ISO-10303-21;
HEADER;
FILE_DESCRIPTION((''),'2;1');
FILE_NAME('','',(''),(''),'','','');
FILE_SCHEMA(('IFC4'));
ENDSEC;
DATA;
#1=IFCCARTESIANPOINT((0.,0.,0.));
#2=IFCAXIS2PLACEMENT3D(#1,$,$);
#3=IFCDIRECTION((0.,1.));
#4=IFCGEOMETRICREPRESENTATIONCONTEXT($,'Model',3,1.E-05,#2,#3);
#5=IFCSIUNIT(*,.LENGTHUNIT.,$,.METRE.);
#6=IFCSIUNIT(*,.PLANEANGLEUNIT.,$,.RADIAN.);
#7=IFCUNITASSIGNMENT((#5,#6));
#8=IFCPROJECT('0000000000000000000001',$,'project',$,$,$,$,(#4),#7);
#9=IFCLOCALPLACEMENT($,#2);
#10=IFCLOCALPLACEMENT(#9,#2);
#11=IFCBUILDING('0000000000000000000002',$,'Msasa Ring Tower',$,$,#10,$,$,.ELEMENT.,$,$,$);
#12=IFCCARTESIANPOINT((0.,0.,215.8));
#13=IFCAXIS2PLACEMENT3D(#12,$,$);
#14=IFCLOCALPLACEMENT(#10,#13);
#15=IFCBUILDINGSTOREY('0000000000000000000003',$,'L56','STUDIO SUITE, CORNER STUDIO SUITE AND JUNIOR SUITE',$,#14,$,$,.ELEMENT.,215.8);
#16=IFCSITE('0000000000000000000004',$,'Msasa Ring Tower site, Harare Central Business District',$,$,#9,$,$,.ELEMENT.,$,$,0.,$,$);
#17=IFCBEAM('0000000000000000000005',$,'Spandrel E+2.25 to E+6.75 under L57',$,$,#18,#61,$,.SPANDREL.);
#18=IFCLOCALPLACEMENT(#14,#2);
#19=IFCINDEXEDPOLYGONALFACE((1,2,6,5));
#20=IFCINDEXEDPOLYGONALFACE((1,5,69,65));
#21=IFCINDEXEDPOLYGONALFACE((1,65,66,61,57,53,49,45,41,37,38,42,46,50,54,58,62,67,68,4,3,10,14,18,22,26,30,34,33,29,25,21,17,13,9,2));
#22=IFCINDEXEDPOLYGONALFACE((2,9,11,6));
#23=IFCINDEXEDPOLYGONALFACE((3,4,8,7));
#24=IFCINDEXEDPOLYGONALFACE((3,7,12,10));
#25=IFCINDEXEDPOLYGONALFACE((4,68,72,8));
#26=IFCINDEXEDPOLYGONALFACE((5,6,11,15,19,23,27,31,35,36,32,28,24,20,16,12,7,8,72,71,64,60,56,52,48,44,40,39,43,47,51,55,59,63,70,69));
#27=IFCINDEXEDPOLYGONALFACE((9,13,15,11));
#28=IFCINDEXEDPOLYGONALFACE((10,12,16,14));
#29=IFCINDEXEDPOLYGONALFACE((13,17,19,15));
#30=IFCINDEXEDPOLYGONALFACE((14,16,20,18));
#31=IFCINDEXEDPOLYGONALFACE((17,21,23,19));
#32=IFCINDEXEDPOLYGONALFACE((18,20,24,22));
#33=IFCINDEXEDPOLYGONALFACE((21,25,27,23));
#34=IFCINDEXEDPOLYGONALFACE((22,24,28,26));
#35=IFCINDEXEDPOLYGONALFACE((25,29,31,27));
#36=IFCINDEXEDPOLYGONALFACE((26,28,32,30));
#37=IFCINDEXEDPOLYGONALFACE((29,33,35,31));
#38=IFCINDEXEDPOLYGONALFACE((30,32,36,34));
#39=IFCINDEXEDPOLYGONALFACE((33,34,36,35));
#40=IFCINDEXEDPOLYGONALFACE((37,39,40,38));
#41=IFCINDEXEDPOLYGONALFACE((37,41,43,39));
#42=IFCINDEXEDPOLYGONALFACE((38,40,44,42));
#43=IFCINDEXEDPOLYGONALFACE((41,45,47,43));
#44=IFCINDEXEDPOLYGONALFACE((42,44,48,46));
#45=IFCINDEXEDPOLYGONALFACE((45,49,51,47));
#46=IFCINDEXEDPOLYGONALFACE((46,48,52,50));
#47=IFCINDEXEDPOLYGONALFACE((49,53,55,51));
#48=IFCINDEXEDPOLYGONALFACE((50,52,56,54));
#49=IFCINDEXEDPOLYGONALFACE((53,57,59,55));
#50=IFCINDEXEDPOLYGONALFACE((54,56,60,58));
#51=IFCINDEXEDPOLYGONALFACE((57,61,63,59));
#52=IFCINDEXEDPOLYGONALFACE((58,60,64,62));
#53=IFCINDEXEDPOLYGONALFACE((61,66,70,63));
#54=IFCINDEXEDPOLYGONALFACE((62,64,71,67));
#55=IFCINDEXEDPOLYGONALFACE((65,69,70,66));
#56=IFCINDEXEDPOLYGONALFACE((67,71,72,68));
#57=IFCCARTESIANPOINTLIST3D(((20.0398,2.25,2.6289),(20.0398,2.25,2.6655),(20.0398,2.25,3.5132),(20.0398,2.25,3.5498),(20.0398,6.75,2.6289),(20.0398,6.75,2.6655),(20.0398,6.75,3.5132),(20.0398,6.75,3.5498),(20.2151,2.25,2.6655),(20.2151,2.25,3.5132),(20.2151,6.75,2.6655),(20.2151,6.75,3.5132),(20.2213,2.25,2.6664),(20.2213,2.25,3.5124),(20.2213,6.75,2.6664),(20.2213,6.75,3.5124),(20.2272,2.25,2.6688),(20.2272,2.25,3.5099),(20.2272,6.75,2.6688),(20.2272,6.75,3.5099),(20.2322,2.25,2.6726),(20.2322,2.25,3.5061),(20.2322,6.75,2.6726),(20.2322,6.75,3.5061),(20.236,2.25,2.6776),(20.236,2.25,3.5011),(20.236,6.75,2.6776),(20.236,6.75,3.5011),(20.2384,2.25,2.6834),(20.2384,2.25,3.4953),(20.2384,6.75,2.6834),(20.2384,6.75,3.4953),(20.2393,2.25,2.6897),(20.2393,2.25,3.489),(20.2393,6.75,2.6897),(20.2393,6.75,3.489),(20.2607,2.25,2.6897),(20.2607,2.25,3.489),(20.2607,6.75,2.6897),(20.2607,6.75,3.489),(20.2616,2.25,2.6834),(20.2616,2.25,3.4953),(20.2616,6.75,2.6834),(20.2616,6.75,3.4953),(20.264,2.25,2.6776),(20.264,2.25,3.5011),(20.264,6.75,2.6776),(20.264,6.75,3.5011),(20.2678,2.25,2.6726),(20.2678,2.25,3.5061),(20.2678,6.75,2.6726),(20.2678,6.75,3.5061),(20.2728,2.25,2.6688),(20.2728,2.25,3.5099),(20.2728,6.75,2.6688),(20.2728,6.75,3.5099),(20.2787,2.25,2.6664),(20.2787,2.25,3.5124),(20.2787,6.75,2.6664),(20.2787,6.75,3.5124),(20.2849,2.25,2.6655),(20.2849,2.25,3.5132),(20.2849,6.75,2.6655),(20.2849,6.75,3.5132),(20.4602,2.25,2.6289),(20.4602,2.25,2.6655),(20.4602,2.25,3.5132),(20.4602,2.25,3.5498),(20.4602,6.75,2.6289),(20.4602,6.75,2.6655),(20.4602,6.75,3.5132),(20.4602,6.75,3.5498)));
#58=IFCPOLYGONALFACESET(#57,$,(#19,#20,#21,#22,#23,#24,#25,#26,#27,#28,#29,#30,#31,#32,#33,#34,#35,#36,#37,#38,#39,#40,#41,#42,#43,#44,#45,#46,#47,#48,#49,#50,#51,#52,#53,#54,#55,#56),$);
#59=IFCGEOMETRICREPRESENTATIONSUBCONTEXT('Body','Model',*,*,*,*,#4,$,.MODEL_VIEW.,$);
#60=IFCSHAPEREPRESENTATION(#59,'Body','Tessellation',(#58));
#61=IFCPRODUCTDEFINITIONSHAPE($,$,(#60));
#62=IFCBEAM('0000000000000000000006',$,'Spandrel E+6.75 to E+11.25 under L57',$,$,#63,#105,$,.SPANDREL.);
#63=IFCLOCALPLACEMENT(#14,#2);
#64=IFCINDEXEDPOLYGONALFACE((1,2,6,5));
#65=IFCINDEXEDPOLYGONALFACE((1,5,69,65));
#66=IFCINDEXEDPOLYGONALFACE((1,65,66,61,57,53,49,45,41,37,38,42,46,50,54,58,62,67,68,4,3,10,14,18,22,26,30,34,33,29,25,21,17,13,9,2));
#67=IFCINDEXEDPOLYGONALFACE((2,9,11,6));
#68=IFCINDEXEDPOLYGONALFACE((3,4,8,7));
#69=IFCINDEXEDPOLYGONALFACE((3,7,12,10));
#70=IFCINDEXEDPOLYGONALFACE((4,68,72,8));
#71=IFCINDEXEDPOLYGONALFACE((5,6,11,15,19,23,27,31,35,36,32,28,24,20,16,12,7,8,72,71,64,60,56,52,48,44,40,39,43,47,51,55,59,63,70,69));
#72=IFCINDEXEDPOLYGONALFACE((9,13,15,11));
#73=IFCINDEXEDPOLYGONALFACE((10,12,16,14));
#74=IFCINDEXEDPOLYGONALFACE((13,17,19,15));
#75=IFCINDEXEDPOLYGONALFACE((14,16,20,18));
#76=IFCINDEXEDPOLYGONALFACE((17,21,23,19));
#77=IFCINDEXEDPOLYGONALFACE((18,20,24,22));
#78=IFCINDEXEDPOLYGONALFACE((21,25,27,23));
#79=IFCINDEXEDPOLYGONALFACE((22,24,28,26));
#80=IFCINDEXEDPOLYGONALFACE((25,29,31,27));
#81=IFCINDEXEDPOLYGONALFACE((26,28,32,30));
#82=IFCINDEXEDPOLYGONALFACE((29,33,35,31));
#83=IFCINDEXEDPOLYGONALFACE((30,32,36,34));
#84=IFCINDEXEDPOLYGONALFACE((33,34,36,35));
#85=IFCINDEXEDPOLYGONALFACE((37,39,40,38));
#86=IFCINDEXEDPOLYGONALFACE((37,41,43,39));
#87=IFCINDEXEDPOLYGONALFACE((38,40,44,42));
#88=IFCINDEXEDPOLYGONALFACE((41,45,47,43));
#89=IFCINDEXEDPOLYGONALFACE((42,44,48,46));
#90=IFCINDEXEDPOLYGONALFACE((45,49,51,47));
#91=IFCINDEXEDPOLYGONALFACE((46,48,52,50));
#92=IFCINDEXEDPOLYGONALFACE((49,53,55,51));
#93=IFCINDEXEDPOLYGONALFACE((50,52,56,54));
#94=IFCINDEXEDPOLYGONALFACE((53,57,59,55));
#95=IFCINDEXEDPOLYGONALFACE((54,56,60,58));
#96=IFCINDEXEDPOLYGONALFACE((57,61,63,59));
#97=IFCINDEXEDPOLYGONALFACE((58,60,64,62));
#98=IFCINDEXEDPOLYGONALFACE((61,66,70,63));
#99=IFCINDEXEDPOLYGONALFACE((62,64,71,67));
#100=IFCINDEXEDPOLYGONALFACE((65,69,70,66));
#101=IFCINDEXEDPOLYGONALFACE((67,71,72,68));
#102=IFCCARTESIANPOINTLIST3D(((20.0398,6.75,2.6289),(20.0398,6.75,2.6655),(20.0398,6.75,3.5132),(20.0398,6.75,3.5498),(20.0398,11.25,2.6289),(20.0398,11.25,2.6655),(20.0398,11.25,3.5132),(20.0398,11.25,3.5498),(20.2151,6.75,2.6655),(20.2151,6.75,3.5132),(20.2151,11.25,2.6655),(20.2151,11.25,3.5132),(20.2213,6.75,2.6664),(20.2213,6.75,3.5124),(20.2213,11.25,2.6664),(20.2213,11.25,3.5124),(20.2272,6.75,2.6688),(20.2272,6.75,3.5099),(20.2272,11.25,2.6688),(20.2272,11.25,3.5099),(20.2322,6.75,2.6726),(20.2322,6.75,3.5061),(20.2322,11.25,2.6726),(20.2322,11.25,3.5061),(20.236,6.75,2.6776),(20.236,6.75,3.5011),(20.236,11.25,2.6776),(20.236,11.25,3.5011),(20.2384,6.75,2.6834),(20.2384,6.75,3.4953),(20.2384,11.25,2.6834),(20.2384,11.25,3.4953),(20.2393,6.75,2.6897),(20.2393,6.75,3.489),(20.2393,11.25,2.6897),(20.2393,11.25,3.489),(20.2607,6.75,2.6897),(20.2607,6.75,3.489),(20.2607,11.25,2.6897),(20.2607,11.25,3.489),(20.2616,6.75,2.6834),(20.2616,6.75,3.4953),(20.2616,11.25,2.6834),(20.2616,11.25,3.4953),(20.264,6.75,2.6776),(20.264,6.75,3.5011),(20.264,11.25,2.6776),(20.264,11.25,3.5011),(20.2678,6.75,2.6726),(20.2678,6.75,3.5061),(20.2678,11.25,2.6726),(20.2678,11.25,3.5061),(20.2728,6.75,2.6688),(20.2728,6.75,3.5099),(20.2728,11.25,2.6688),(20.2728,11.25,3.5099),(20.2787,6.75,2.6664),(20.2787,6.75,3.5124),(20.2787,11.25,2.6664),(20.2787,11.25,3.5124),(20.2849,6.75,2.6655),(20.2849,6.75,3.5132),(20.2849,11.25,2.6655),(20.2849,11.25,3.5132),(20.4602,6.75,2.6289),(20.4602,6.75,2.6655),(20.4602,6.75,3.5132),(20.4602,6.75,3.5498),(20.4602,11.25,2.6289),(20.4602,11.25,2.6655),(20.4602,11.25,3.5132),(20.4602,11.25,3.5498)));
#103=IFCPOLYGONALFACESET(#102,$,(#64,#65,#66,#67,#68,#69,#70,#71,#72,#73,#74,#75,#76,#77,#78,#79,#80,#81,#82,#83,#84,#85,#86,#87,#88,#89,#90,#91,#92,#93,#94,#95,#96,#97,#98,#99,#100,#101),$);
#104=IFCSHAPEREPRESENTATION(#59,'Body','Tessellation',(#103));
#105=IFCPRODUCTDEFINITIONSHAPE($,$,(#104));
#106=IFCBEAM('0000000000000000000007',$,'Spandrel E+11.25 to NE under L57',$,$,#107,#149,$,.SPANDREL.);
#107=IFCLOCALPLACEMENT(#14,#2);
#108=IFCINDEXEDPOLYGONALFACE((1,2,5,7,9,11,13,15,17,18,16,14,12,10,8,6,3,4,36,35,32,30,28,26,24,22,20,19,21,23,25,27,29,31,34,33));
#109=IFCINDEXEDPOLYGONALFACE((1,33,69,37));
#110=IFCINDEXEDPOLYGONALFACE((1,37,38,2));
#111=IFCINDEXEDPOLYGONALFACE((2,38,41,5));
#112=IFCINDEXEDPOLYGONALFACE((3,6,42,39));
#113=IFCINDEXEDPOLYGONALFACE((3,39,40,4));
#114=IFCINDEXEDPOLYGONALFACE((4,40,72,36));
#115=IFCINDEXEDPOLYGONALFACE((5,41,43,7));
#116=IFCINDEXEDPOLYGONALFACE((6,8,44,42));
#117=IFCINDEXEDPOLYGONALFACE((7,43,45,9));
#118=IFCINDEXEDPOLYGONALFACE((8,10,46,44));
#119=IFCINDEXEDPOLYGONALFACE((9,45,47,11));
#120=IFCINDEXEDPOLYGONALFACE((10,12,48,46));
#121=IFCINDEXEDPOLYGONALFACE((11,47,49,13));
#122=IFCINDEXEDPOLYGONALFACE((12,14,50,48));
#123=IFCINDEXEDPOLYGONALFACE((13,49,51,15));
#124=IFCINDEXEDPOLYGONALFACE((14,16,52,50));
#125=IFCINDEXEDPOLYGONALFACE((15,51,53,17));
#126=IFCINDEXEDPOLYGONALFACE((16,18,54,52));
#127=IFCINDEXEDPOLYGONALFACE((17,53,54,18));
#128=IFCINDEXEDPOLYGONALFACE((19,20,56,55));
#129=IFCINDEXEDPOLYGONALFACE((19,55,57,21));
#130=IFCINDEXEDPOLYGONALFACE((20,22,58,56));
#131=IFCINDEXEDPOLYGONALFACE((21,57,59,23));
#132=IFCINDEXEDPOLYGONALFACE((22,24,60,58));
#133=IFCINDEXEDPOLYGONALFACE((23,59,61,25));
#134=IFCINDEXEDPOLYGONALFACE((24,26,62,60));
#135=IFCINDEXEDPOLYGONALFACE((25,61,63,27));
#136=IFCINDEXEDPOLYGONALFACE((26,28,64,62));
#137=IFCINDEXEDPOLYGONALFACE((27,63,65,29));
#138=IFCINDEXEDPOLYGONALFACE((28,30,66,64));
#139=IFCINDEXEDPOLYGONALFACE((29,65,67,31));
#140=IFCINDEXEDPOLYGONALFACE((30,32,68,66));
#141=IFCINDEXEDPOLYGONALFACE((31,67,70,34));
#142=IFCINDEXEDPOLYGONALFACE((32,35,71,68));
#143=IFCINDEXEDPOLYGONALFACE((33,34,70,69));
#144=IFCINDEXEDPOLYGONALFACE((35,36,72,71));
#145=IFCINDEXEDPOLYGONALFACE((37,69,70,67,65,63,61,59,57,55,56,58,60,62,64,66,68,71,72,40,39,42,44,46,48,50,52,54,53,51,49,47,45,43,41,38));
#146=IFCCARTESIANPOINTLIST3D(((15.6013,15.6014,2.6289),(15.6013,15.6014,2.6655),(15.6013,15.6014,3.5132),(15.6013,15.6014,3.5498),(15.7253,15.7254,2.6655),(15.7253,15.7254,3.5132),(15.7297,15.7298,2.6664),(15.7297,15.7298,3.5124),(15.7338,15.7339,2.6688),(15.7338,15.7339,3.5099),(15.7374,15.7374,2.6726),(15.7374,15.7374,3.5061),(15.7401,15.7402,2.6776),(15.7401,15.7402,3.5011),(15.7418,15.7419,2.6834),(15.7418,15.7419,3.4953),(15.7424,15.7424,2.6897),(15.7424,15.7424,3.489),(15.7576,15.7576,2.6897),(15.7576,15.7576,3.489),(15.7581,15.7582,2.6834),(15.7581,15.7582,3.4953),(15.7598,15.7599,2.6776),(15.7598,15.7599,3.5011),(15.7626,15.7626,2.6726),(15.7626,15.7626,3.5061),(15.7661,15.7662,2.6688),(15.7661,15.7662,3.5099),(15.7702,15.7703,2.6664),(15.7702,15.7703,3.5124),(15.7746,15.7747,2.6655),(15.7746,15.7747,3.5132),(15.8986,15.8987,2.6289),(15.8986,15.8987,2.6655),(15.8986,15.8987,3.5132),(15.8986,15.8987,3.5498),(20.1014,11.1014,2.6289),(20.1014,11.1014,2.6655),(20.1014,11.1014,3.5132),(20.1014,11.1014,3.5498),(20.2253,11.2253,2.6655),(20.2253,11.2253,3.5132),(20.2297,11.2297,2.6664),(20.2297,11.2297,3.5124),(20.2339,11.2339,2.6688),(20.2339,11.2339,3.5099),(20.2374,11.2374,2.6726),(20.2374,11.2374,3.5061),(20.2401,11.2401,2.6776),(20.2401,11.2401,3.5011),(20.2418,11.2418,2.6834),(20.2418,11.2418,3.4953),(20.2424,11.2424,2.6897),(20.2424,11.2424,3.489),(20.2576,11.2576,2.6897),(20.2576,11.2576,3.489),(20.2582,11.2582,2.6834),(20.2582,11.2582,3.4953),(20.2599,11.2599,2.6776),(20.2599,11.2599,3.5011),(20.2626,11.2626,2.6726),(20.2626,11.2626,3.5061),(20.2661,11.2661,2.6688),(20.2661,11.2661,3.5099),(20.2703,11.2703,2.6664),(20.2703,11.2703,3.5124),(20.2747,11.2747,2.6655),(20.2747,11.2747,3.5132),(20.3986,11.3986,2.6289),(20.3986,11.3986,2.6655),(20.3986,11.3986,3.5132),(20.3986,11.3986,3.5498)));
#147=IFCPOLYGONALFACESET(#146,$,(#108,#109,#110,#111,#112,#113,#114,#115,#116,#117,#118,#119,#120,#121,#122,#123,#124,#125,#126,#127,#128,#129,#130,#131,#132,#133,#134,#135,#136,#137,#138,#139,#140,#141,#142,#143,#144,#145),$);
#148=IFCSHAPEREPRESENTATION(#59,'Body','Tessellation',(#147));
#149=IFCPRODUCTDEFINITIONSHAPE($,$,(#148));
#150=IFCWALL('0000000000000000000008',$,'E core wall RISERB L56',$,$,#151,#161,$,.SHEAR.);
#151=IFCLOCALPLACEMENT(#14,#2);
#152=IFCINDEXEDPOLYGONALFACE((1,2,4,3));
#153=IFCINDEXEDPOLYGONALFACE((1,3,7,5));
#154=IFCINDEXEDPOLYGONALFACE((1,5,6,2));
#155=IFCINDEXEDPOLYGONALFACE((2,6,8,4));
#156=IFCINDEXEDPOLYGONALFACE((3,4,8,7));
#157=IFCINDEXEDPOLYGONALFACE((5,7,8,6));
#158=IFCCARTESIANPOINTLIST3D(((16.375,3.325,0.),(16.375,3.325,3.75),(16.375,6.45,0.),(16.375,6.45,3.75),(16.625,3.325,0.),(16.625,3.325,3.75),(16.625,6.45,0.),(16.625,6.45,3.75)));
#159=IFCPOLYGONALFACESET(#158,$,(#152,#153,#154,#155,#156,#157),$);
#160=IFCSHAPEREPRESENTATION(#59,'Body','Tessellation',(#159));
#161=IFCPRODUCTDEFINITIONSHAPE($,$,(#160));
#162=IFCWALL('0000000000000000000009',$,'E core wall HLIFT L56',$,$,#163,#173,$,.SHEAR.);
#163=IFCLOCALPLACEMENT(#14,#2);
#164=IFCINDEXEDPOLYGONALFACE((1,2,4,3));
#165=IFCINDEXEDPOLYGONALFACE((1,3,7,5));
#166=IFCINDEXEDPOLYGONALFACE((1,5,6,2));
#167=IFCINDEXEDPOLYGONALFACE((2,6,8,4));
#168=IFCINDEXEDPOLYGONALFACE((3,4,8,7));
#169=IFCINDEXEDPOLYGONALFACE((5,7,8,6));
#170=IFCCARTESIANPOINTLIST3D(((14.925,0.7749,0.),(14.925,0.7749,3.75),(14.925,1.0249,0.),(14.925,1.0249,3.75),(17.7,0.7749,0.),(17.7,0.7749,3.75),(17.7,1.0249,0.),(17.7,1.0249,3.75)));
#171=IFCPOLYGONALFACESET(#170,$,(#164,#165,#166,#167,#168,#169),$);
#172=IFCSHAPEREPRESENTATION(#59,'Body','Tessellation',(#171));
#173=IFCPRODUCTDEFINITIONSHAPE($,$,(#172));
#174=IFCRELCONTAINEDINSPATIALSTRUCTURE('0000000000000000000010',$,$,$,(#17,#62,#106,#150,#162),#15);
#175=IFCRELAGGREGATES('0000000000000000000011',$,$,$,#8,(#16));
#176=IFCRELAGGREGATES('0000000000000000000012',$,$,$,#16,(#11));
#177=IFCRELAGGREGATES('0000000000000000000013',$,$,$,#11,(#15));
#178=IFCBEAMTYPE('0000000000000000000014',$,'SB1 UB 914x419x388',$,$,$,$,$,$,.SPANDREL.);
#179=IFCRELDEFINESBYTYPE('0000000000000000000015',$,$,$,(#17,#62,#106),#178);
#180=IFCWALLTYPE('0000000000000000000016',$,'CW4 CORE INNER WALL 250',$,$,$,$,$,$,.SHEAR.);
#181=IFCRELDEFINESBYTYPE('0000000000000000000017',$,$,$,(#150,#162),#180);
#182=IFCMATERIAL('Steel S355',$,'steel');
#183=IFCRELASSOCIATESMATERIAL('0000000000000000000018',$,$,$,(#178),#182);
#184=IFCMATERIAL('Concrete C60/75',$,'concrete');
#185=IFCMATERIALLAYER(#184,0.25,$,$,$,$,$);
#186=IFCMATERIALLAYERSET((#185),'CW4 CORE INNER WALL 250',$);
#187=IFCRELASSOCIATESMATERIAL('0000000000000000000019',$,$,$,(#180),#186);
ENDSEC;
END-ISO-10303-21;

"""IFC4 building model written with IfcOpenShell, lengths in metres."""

from ifc_helpers import new_model, si_unit, direction, frame, frame_2d, origin, origin_2d, place, context, subcontext, project, spatial, rectangle, i_section, extrude, material, layer, layer_set, material_profile, profile_set, type_object, element, save


model = new_model("IFC4")

# Units and contexts
model_context = context("Model", 3, precision=1e-05, world=origin(), true_north=direction((0.0, 1.0)))
body_context = subcontext(model_context, "Body", "Model", "MODEL_VIEW")
ifc_project = project(units=[si_unit("LENGTHUNIT", "METRE"), si_unit("PLANEANGLEUNIT", "RADIAN")], contexts=[model_context])

# Site, building, storey
site_placement = place(None, origin())
site = spatial("IfcSite", under=ifc_project, at=site_placement, Name="Msasa Ring Tower site, Harare Central Business District", CompositionType="ELEMENT", RefElevation=0.0)
building_placement = place(site_placement, origin())
building = spatial("IfcBuilding", under=site, at=building_placement, Name="Msasa Ring Tower", CompositionType="ELEMENT")
storey_placement = place(building_placement, frame((0.0, 0.0, 215.8)))
storey = spatial("IfcBuildingStorey", under=building, at=storey_placement, Name="L56", Description="STUDIO SUITE, CORNER STUDIO SUITE AND JUNIOR SUITE", CompositionType="ELEMENT", Elevation=215.8)

# Beams
ifc_material_1 = material(Name="Steel S355", Category="steel")
ifc_material_profile_1 = material_profile(ifc_material_1, i_section(OverallWidth=0.4204, OverallDepth=0.9209, WebThickness=0.0215, FlangeThickness=0.0366, FilletRadius=0.0242, at=origin_2d()), Name="UB 914x419x388")
ifc_profile_set_1 = profile_set([ifc_material_profile_1], Name="Steel S355")
beam_type_1 = type_object("IfcBeamType", Name="SB1 UB 914x419x388", PredefinedType="SPANDREL", material=ifc_profile_set_1)
for number, where, z_axis, x_axis, name in (
    (1, (20.25, 2.25, 3.0894), (0.0, 1.0, 0.0), (-1.0, 0.0, 0.0), "Spandrel E+2.25 to E+6.75 under L57"),
    (2, (20.25, 6.75, 3.0894), (0.0, 1.0, 0.0), (-1.0, 0.0, 0.0), "Spandrel E+6.75 to E+11.25 under L57"),
):
    element("IfcBeam", number, at=place(storey_placement, frame(where, z_axis=z_axis, x_axis=x_axis)), inside=storey, type_object=beam_type_1, Name=name, PredefinedType="SPANDREL", context=body_context, shape_type="SweptSolid", body=[
        extrude(i_section(OverallWidth=0.4204, OverallDepth=0.9209, WebThickness=0.0215, FlangeThickness=0.0366, FilletRadius=0.0242, at=origin_2d()), origin(), (0.0, 0.0, 1.0), 4.5),
    ])
beam_1_placement = place(storey_placement, frame((20.25, 11.25, 3.0894), z_axis=(-0.707107, 0.707107, 0.0), x_axis=(-0.707107, -0.707107, 0.0)))
element("IfcBeam", 3, at=beam_1_placement, inside=storey, type_object=beam_type_1, Name="Spandrel E+11.25 to NE under L57", PredefinedType="SPANDREL", context=body_context, shape_type="SweptSolid", body=[
    extrude(i_section(OverallWidth=0.4204, OverallDepth=0.9209, WebThickness=0.0215, FlangeThickness=0.0366, FilletRadius=0.0242, at=origin_2d()), origin(), (0.0, 0.0, 1.0), 6.364),
])

# Walls
ifc_material_2 = material(Name="Concrete C60/75", Category="concrete")
ifc_layer_1 = layer(ifc_material_2, 0.25)
ifc_layer_set_1 = layer_set([ifc_layer_1], Name="CW4 CORE INNER WALL 250")
wall_type_1 = type_object("IfcWallType", Name="CW4 CORE INNER WALL 250", PredefinedType="SHEAR", material=ifc_layer_set_1)
wall_1_placement = place(storey_placement, frame((16.5, 3.325, 0.0), z_axis=(0.0, 0.0, 1.0), x_axis=(0.0, 1.0, 0.0)))
element("IfcWall", 4, at=wall_1_placement, inside=storey, type_object=wall_type_1, Name="E core wall RISERB L56", PredefinedType="SHEAR", context=body_context, shape_type="SweptSolid", body=[
    extrude(rectangle(XDim=3.125, YDim=0.25, at=frame_2d((1.5625, 0.0))), origin(), (0.0, 0.0, 1.0), 3.75),
])
wall_2_placement = place(storey_placement, frame((14.925, 0.8999, 0.0), z_axis=(0.0, 0.0, 1.0), x_axis=(1.0, 0.0, 0.0)))
element("IfcWall", 5, at=wall_2_placement, inside=storey, type_object=wall_type_1, Name="E core wall HLIFT L56", PredefinedType="SHEAR", context=body_context, shape_type="SweptSolid", body=[
    extrude(rectangle(XDim=2.7749, YDim=0.25, at=frame_2d((1.3875, 0.0))), origin(), (0.0, 0.0, 1.0), 3.75),
])

save(model, "model.ifc")
